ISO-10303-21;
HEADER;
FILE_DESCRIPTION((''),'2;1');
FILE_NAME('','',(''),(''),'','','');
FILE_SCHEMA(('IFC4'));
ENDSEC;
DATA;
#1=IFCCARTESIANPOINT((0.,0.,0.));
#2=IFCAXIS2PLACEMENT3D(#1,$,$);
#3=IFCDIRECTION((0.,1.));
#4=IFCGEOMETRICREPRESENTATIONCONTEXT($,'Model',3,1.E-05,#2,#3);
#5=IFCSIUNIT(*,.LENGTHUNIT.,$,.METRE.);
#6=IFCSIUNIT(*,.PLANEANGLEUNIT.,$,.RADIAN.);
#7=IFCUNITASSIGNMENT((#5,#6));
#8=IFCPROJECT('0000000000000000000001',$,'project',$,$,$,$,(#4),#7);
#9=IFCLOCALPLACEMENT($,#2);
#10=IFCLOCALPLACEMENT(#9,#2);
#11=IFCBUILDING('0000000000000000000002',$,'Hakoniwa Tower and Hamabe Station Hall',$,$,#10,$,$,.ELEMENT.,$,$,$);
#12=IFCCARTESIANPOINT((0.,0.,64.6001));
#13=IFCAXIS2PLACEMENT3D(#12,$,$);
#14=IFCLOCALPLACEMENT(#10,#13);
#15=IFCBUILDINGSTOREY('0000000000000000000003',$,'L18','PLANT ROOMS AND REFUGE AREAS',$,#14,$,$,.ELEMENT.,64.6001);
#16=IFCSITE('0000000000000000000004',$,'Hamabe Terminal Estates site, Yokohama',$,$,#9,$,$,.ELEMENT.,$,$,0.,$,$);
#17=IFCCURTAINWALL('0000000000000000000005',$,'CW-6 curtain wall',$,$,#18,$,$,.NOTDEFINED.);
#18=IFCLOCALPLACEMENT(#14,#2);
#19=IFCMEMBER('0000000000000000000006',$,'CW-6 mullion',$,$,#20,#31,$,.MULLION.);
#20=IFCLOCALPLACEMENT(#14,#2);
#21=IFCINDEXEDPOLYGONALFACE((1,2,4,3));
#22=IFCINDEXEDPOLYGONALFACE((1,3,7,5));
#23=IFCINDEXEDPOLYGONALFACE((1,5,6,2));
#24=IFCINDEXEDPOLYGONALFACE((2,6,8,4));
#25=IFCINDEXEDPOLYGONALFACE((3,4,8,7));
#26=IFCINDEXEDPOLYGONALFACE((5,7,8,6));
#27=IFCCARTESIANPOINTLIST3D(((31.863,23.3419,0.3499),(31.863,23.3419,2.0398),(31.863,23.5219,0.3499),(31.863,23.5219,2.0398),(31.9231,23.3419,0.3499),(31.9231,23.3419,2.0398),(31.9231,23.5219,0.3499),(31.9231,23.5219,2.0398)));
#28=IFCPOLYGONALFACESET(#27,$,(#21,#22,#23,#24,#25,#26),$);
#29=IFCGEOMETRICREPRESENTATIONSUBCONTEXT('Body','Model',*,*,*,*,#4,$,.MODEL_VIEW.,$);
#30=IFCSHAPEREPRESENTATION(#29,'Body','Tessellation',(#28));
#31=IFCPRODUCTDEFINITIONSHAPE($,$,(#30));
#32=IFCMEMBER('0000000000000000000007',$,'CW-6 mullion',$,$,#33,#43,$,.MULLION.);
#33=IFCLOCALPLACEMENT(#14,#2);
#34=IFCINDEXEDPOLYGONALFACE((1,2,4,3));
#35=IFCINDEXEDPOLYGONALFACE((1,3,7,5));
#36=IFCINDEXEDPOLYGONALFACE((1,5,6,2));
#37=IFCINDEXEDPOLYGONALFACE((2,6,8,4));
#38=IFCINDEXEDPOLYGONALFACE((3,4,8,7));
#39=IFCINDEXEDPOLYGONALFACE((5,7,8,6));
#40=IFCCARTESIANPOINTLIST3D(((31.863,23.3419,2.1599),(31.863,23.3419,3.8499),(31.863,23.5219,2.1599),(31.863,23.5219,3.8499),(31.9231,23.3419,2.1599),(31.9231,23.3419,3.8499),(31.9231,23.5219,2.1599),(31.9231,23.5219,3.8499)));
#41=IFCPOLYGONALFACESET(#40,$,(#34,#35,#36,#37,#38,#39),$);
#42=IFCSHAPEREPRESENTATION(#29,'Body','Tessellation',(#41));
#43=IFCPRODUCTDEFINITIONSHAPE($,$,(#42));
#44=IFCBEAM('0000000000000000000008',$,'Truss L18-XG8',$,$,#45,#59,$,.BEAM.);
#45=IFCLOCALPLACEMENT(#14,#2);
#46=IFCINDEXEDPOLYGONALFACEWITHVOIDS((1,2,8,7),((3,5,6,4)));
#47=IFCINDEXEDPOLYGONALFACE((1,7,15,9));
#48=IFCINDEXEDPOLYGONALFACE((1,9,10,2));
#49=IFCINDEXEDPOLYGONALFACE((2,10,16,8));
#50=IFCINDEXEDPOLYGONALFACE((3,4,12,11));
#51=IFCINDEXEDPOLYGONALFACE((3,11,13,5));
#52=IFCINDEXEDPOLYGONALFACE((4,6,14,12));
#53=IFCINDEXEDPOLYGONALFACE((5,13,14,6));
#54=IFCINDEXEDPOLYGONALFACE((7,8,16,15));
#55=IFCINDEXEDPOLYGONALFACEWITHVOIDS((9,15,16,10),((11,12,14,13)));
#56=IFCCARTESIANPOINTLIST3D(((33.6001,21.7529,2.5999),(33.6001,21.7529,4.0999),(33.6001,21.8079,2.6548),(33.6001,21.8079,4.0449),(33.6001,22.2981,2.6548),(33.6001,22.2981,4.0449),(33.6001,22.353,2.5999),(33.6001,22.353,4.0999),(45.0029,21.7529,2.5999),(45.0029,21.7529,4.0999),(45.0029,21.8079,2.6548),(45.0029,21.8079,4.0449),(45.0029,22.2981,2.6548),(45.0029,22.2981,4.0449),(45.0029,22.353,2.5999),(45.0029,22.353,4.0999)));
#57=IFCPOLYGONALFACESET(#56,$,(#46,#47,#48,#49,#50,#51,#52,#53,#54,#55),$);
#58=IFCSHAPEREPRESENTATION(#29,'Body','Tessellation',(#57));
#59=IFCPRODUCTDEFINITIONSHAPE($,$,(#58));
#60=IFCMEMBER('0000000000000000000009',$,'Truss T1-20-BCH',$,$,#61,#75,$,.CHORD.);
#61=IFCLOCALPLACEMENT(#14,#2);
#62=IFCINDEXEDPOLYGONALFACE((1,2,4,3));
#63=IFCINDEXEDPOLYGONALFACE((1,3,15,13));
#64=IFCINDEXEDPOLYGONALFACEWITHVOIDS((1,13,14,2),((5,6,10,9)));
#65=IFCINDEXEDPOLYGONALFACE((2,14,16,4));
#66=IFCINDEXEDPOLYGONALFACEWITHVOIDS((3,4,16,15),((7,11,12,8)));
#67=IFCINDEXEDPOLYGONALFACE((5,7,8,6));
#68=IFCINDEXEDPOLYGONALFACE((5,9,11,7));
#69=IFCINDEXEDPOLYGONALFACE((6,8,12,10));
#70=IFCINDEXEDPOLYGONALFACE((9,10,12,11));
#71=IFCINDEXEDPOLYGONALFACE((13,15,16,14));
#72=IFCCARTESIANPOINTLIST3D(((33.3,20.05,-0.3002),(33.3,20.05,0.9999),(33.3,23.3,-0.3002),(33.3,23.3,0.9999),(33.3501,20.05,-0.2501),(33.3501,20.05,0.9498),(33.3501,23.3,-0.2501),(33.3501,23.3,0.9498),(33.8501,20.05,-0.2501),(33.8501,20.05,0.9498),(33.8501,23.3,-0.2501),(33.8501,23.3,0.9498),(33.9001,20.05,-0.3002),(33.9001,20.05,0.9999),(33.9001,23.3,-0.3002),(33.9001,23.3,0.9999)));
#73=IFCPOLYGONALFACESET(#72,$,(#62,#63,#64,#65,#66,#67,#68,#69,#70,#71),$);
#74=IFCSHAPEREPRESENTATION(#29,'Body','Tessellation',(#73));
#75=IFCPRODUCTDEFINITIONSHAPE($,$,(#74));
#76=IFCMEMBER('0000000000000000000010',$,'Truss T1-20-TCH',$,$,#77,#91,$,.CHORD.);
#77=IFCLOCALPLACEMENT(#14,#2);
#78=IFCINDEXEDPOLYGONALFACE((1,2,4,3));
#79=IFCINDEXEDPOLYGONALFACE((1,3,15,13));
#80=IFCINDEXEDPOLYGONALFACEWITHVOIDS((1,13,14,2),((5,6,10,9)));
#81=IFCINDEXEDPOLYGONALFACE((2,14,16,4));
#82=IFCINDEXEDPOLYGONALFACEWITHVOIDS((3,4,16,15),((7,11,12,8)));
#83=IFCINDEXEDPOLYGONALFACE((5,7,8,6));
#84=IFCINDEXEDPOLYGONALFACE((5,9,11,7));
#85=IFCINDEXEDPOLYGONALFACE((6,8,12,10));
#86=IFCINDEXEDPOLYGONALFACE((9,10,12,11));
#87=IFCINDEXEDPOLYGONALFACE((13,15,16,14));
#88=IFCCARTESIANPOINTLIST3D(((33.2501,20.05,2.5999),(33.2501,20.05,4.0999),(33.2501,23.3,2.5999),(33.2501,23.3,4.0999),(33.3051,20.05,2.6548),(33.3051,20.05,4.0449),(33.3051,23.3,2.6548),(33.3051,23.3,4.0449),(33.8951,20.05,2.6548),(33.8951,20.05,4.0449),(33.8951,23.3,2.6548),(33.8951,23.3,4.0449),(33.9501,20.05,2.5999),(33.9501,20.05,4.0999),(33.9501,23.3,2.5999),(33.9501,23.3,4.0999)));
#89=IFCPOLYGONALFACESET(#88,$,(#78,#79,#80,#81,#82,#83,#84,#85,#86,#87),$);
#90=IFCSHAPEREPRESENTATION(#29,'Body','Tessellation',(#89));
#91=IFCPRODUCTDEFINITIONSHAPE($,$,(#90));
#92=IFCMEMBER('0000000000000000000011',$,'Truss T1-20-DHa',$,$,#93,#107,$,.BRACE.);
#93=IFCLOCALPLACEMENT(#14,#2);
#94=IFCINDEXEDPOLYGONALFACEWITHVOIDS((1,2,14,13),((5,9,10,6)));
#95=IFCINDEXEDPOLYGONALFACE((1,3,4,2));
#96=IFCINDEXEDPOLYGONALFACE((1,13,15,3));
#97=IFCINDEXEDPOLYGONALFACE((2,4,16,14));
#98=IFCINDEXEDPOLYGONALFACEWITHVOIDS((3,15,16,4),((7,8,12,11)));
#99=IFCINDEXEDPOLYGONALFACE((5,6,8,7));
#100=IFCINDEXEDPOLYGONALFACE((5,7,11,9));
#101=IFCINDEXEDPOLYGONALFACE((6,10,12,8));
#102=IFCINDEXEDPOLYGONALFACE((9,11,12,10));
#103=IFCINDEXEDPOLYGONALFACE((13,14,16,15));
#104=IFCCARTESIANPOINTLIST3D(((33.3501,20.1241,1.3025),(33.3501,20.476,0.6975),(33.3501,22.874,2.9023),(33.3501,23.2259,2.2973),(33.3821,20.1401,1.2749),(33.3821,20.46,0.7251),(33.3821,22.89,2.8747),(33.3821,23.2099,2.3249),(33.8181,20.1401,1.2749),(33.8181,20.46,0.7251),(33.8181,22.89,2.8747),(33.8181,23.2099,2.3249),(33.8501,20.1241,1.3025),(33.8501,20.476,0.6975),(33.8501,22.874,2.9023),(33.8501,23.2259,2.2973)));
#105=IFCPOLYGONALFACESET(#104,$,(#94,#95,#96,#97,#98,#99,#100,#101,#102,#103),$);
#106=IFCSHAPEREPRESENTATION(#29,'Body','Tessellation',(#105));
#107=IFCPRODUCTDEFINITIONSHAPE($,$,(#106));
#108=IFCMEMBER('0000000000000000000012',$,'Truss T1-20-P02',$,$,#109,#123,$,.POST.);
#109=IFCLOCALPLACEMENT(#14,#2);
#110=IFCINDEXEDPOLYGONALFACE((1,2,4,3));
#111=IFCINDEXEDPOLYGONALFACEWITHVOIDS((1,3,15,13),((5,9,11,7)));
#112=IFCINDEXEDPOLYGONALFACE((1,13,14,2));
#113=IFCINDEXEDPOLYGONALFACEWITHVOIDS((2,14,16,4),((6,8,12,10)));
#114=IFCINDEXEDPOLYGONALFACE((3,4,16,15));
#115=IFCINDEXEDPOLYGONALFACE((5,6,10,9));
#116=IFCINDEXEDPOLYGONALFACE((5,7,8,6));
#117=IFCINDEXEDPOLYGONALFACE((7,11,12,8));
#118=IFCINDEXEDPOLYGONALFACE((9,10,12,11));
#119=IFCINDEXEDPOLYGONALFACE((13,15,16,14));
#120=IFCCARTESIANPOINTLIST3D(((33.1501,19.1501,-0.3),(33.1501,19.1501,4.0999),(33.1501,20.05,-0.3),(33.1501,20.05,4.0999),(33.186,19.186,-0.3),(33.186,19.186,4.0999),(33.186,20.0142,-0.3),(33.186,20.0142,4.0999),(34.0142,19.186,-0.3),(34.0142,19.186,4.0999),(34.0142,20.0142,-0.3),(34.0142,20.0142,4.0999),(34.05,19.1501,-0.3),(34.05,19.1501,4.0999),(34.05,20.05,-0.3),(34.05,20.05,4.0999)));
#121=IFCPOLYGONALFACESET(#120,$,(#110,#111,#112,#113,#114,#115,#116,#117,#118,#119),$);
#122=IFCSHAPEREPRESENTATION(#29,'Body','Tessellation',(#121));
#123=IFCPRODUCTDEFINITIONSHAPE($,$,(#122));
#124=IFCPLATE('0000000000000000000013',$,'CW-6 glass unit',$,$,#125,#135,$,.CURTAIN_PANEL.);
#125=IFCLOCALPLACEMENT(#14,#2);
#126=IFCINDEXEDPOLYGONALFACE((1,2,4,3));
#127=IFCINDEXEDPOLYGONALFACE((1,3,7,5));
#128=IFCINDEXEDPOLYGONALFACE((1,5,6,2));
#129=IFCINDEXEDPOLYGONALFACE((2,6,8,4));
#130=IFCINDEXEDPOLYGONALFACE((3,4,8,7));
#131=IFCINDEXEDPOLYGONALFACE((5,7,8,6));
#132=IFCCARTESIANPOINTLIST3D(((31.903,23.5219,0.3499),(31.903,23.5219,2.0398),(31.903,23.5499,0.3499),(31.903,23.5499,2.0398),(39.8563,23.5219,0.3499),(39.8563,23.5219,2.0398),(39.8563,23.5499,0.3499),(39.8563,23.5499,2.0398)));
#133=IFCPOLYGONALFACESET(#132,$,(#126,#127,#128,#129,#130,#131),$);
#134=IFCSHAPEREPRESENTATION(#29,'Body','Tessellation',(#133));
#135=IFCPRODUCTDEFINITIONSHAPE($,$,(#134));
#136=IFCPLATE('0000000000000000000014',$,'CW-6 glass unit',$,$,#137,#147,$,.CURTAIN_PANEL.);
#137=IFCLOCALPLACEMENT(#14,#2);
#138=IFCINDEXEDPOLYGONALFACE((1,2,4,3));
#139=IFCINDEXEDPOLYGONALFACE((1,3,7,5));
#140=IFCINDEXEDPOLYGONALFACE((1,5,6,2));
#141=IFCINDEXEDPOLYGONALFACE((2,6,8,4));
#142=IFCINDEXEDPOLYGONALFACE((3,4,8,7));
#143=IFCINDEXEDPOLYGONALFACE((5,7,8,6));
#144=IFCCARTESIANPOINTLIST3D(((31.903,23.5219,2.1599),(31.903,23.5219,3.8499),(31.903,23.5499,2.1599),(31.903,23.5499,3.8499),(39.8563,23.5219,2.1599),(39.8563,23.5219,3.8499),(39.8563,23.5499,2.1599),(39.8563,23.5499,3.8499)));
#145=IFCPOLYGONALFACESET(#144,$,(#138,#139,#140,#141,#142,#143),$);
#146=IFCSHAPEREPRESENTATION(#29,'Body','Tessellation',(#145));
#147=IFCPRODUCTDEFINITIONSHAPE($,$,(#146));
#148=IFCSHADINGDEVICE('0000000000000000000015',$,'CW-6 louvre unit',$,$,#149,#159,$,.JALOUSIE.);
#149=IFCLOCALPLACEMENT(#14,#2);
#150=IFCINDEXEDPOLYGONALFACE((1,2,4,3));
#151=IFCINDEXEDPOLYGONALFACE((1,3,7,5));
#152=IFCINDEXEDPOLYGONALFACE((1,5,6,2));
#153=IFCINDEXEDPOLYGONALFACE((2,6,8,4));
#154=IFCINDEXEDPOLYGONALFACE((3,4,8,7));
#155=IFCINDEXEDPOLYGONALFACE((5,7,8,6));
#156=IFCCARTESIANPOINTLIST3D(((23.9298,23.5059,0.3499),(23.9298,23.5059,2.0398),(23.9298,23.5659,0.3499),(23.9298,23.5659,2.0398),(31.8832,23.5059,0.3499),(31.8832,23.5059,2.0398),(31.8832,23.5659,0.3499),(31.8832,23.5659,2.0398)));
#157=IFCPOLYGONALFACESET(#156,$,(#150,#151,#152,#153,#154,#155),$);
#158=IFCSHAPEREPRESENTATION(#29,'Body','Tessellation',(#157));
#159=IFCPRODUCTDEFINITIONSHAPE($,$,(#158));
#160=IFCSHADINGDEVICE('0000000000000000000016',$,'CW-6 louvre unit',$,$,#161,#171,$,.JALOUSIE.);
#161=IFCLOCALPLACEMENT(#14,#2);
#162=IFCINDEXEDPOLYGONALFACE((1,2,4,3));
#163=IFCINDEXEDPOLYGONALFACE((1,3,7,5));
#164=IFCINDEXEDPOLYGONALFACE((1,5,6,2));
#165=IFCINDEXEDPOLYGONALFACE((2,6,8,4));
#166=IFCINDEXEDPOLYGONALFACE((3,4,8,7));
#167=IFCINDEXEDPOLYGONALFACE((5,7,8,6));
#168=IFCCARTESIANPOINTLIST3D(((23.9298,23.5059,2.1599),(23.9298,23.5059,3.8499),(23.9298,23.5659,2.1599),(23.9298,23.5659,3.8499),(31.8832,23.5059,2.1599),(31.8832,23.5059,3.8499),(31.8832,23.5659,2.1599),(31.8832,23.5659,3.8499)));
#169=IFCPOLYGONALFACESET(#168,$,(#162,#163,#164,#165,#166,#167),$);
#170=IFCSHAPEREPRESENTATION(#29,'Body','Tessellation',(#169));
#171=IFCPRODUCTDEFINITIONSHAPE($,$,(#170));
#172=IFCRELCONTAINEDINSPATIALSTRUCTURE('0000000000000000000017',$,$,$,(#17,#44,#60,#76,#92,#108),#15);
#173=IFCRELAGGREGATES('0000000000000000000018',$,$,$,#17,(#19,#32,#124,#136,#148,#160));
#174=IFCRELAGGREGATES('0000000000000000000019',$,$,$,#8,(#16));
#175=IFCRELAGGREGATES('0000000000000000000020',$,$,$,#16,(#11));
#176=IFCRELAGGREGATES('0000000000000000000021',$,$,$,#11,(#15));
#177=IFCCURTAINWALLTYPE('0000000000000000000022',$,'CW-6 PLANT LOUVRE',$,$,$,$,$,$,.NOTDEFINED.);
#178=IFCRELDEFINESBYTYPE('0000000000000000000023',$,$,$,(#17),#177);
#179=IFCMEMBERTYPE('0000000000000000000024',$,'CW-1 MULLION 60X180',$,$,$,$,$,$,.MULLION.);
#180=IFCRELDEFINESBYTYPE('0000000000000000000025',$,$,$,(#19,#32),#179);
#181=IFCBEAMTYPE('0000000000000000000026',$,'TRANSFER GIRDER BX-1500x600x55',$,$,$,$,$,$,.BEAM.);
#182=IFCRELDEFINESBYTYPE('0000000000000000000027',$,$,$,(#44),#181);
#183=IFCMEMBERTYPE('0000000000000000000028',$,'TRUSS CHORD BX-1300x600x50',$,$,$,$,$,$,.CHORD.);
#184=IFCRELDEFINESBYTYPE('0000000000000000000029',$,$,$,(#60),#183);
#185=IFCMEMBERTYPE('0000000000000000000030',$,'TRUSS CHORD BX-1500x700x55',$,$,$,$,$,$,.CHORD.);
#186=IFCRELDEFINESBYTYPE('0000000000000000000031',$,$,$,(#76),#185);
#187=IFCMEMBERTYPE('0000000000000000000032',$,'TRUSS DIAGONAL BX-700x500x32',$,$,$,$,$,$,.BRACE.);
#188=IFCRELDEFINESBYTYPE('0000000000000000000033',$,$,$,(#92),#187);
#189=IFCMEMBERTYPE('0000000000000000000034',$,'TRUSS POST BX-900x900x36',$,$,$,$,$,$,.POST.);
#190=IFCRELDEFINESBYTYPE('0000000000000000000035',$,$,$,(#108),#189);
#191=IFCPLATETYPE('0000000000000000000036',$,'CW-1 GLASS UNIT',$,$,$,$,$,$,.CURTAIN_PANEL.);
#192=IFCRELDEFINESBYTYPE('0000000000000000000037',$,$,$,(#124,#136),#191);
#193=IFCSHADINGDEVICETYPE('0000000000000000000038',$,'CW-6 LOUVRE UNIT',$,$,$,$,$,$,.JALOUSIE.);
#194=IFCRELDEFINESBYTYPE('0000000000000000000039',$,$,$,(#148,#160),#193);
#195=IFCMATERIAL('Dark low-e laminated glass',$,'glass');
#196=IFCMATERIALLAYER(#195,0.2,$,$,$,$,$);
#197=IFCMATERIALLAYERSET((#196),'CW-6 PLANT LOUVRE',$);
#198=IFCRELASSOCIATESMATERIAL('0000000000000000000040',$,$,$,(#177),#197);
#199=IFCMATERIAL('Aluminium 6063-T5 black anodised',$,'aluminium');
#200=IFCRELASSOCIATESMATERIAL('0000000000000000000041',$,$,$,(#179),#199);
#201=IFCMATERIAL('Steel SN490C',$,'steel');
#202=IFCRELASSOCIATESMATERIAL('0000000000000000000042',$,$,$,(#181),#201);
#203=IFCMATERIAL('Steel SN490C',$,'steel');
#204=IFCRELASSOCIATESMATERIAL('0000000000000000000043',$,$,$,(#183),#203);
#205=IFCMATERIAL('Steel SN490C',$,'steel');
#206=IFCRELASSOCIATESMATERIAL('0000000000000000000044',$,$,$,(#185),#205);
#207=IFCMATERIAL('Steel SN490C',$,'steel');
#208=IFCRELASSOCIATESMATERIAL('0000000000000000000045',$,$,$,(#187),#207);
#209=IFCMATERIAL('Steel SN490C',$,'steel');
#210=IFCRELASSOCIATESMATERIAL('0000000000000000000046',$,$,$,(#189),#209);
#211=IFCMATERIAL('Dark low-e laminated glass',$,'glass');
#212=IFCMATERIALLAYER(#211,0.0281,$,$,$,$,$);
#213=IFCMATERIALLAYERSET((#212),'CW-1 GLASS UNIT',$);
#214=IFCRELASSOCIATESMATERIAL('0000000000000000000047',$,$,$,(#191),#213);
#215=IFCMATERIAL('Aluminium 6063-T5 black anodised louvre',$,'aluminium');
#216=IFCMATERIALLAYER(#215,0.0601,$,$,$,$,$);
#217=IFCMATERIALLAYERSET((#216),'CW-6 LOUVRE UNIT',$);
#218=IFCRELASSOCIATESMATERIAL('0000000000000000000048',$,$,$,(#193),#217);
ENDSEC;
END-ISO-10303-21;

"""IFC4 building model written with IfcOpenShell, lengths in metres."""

from ifc_helpers import new_model, si_unit, direction, frame, origin, origin_2d, place, context, subcontext, project, spatial, rectangle, hollow_rectangle, extrude, material, layer, layer_set, material_profile, profile_set, type_object, element, aggregate, save


model = new_model("IFC4")

# Units and contexts
model_context = context("Model", 3, precision=1e-05, world=origin(), true_north=direction((0.0, 1.0)))
body_context = subcontext(model_context, "Body", "Model", "MODEL_VIEW")
ifc_project = project(units=[si_unit("LENGTHUNIT", "METRE"), si_unit("PLANEANGLEUNIT", "RADIAN")], contexts=[model_context])

# Site, building, storey
site_placement = place(None, origin())
site = spatial("IfcSite", under=ifc_project, at=site_placement, Name="Hamabe Terminal Estates site, Yokohama", CompositionType="ELEMENT", RefElevation=0.0)
building_placement = place(site_placement, origin())
building = spatial("IfcBuilding", under=site, at=building_placement, Name="Hakoniwa Tower and Hamabe Station Hall", CompositionType="ELEMENT")
storey_placement = place(building_placement, frame((0.0, 0.0, 64.6001)))
storey = spatial("IfcBuildingStorey", under=building, at=storey_placement, Name="L18", Description="PLANT ROOMS AND REFUGE AREAS", CompositionType="ELEMENT", Elevation=64.6001)

# Curtain wall, members
ifc_material_1 = material(Name="Dark low-e laminated glass", Category="glass")
ifc_layer_1 = layer(ifc_material_1, 0.2)
ifc_layer_set_1 = layer_set([ifc_layer_1], Name="CW-6 PLANT LOUVRE")
curtain_wall_type = type_object("IfcCurtainWallType", Name="CW-6 PLANT LOUVRE", PredefinedType="NOTDEFINED", material=ifc_layer_set_1)
curtain_wall_placement = place(storey_placement, origin())
curtain_wall = element("IfcCurtainWall", 1, at=curtain_wall_placement, inside=storey, type_object=curtain_wall_type, Name="CW-6 curtain wall", PredefinedType="NOTDEFINED")
ifc_material_2 = material(Name="Aluminium 6063-T5 black anodised", Category="aluminium")
ifc_material_profile_1 = material_profile(ifc_material_2, rectangle(XDim=0.0601, YDim=0.1799, at=origin_2d()), Name="CW-1 MULLION 60X180")
ifc_profile_set_1 = profile_set([ifc_material_profile_1], Name="Aluminium 6063-T5 black anodised")
member_type_1 = type_object("IfcMemberType", Name="CW-1 MULLION 60X180", PredefinedType="MULLION", material=ifc_profile_set_1)
member_1_placement = place(storey_placement, frame((31.8931, 23.4319, 0.3499), z_axis=(0.0, 0.0, 1.0), x_axis=(-1.0, 0.0, 0.0)))
member_1 = element("IfcMember", 2, at=member_1_placement, type_object=member_type_1, Name="CW-6 mullion", PredefinedType="MULLION", context=body_context, shape_type="SweptSolid", body=[
    extrude(rectangle(XDim=0.0601, YDim=0.1799, at=origin_2d()), origin(), (0.0, 0.0, 1.0), 1.6899),
])
member_2_placement = place(storey_placement, frame((31.8931, 23.4319, 2.1599), z_axis=(0.0, 0.0, 1.0), x_axis=(-1.0, 0.0, 0.0)))
member_2 = element("IfcMember", 3, at=member_2_placement, type_object=member_type_1, Name="CW-6 mullion", PredefinedType="MULLION", context=body_context, shape_type="SweptSolid", body=[
    extrude(rectangle(XDim=0.0601, YDim=0.1799, at=origin_2d()), origin(), (0.0, 0.0, 1.0), 1.6899),
])

# Beam
ifc_material_3 = material(Name="Steel SN490C", Category="steel")
ifc_material_profile_2 = material_profile(ifc_material_3, hollow_rectangle(XDim=0.6001, YDim=1.5, WallThickness=0.0549, at=origin_2d()), Name="BX-1500x600x55")
ifc_profile_set_2 = profile_set([ifc_material_profile_2], Name="Steel SN490C")
beam_type = type_object("IfcBeamType", Name="TRANSFER GIRDER BX-1500x600x55", PredefinedType="BEAM", material=ifc_profile_set_2)
beam_placement = place(storey_placement, frame((33.6001, 22.053, 3.3499), z_axis=(1.0, 0.0, 0.0), x_axis=(0.0, 1.0, 0.0)))
element("IfcBeam", 4, at=beam_placement, inside=storey, type_object=beam_type, Name="Truss L18-XG8", PredefinedType="BEAM", context=body_context, shape_type="SweptSolid", body=[
    extrude(hollow_rectangle(XDim=0.6001, YDim=1.5, WallThickness=0.0549, at=origin_2d()), origin(), (0.0, 0.0, 1.0), 11.4028),
])

# Members
ifc_material_4 = material(Name="Steel SN490C", Category="steel")
ifc_material_profile_3 = material_profile(ifc_material_4, hollow_rectangle(XDim=0.6001, YDim=1.3, WallThickness=0.05, at=origin_2d()), Name="BX-1300x600x50")
ifc_profile_set_3 = profile_set([ifc_material_profile_3], Name="Steel SN490C")
member_type_2 = type_object("IfcMemberType", Name="TRUSS CHORD BX-1300x600x50", PredefinedType="CHORD", material=ifc_profile_set_3)
member_3_placement = place(storey_placement, frame((33.6001, 20.05, 0.3499), z_axis=(0.0, 1.0, 0.0), x_axis=(-1.0, 0.0, 0.0)))
element("IfcMember", 5, at=member_3_placement, inside=storey, type_object=member_type_2, Name="Truss T1-20-BCH", PredefinedType="CHORD", context=body_context, shape_type="SweptSolid", body=[
    extrude(hollow_rectangle(XDim=0.6001, YDim=1.3, WallThickness=0.05, at=origin_2d()), origin(), (0.0, 0.0, 1.0), 3.25),
])
ifc_material_5 = material(Name="Steel SN490C", Category="steel")
ifc_material_profile_4 = material_profile(ifc_material_5, hollow_rectangle(XDim=0.7, YDim=1.5, WallThickness=0.0549, at=origin_2d()), Name="BX-1500x700x55")
ifc_profile_set_4 = profile_set([ifc_material_profile_4], Name="Steel SN490C")
member_type_3 = type_object("IfcMemberType", Name="TRUSS CHORD BX-1500x700x55", PredefinedType="CHORD", material=ifc_profile_set_4)
member_4_placement = place(storey_placement, frame((33.6001, 20.05, 3.3499), z_axis=(0.0, 1.0, 0.0), x_axis=(-1.0, 0.0, 0.0)))
element("IfcMember", 6, at=member_4_placement, inside=storey, type_object=member_type_3, Name="Truss T1-20-TCH", PredefinedType="CHORD", context=body_context, shape_type="SweptSolid", body=[
    extrude(hollow_rectangle(XDim=0.7, YDim=1.5, WallThickness=0.0549, at=origin_2d()), origin(), (0.0, 0.0, 1.0), 3.25),
])
ifc_material_6 = material(Name="Steel SN490C", Category="steel")
ifc_material_profile_5 = material_profile(ifc_material_6, hollow_rectangle(XDim=0.5, YDim=0.7, WallThickness=0.032, at=origin_2d()), Name="BX-700x500x32")
ifc_profile_set_5 = profile_set([ifc_material_profile_5], Name="Steel SN490C")
member_type_4 = type_object("IfcMemberType", Name="TRUSS DIAGONAL BX-700x500x32", PredefinedType="BRACE", material=ifc_profile_set_5)
member_5_placement = place(storey_placement, frame((33.6001, 20.3, 1.0), z_axis=(0.0, 0.864368, 0.502859), x_axis=(-1.0, 0.0, 0.0)))
element("IfcMember", 7, at=member_5_placement, inside=storey, type_object=member_type_4, Name="Truss T1-20-DHa", PredefinedType="BRACE", context=body_context, shape_type="SweptSolid", body=[
    extrude(hollow_rectangle(XDim=0.5, YDim=0.7, WallThickness=0.032, at=origin_2d()), origin(), (0.0, 0.0, 1.0), 3.1814),
])
ifc_material_7 = material(Name="Steel SN490C", Category="steel")
ifc_material_profile_6 = material_profile(ifc_material_7, hollow_rectangle(XDim=0.8999, YDim=0.8999, WallThickness=0.0359, at=origin_2d()), Name="BX-900x900x36")
ifc_profile_set_6 = profile_set([ifc_material_profile_6], Name="Steel SN490C")
member_type_5 = type_object("IfcMemberType", Name="TRUSS POST BX-900x900x36", PredefinedType="POST", material=ifc_profile_set_6)
member_6_placement = place(storey_placement, frame((33.6001, 19.6001, -0.3), z_axis=(0.0, 0.0, 1.0), x_axis=(1.0, 0.0, 0.0)))
element("IfcMember", 8, at=member_6_placement, inside=storey, type_object=member_type_5, Name="Truss T1-20-P02", PredefinedType="POST", context=body_context, shape_type="SweptSolid", body=[
    extrude(hollow_rectangle(XDim=0.8999, YDim=0.8999, WallThickness=0.0359, at=origin_2d()), origin(), (0.0, 0.0, 1.0), 4.3999),
])

# Plates
ifc_material_8 = material(Name="Dark low-e laminated glass", Category="glass")
ifc_layer_2 = layer(ifc_material_8, 0.0281)
ifc_layer_set_2 = layer_set([ifc_layer_2], Name="CW-1 GLASS UNIT")
plate_type = type_object("IfcPlateType", Name="CW-1 GLASS UNIT", PredefinedType="CURTAIN_PANEL", material=ifc_layer_set_2)
plate_1_placement = place(storey_placement, frame((35.8796, 23.5359, 0.3499), z_axis=(0.0, 0.0, 1.0), x_axis=(-1.0, 0.0, 0.0)))
plate_1 = element("IfcPlate", 9, at=plate_1_placement, type_object=plate_type, Name="CW-6 glass unit", PredefinedType="CURTAIN_PANEL", context=body_context, shape_type="SweptSolid", body=[
    extrude(rectangle(XDim=7.9534, YDim=0.0281, at=origin_2d()), origin(), (0.0, 0.0, 1.0), 1.6899),
])
plate_2_placement = place(storey_placement, frame((35.8796, 23.5359, 2.1599), z_axis=(0.0, 0.0, 1.0), x_axis=(-1.0, 0.0, 0.0)))
plate_2 = element("IfcPlate", 10, at=plate_2_placement, type_object=plate_type, Name="CW-6 glass unit", PredefinedType="CURTAIN_PANEL", context=body_context, shape_type="SweptSolid", body=[
    extrude(rectangle(XDim=7.9534, YDim=0.0281, at=origin_2d()), origin(), (0.0, 0.0, 1.0), 1.6899),
])

# Shading devices
ifc_material_9 = material(Name="Aluminium 6063-T5 black anodised louvre", Category="aluminium")
ifc_layer_3 = layer(ifc_material_9, 0.0601)
ifc_layer_set_3 = layer_set([ifc_layer_3], Name="CW-6 LOUVRE UNIT")
shading_device_type = type_object("IfcShadingDeviceType", Name="CW-6 LOUVRE UNIT", PredefinedType="JALOUSIE", material=ifc_layer_set_3)
shading_device_1_placement = place(storey_placement, frame((27.9065, 23.5359, 0.3499), z_axis=(0.0, 0.0, 1.0), x_axis=(-1.0, 0.0, 0.0)))
shading_device_1 = element("IfcShadingDevice", 11, at=shading_device_1_placement, type_object=shading_device_type, Name="CW-6 louvre unit", PredefinedType="JALOUSIE", context=body_context, shape_type="SweptSolid", body=[
    extrude(rectangle(XDim=7.9534, YDim=0.0601, at=origin_2d()), origin(), (0.0, 0.0, 1.0), 1.6899),
])
shading_device_2_placement = place(storey_placement, frame((27.9065, 23.5359, 2.1599), z_axis=(0.0, 0.0, 1.0), x_axis=(-1.0, 0.0, 0.0)))
shading_device_2 = element("IfcShadingDevice", 12, at=shading_device_2_placement, type_object=shading_device_type, Name="CW-6 louvre unit", PredefinedType="JALOUSIE", context=body_context, shape_type="SweptSolid", body=[
    extrude(rectangle(XDim=7.9534, YDim=0.0601, at=origin_2d()), origin(), (0.0, 0.0, 1.0), 1.6899),
])
aggregate(curtain_wall, [member_1, member_2, plate_1, plate_2, shading_device_1, shading_device_2])

save(model, "model.ifc")
